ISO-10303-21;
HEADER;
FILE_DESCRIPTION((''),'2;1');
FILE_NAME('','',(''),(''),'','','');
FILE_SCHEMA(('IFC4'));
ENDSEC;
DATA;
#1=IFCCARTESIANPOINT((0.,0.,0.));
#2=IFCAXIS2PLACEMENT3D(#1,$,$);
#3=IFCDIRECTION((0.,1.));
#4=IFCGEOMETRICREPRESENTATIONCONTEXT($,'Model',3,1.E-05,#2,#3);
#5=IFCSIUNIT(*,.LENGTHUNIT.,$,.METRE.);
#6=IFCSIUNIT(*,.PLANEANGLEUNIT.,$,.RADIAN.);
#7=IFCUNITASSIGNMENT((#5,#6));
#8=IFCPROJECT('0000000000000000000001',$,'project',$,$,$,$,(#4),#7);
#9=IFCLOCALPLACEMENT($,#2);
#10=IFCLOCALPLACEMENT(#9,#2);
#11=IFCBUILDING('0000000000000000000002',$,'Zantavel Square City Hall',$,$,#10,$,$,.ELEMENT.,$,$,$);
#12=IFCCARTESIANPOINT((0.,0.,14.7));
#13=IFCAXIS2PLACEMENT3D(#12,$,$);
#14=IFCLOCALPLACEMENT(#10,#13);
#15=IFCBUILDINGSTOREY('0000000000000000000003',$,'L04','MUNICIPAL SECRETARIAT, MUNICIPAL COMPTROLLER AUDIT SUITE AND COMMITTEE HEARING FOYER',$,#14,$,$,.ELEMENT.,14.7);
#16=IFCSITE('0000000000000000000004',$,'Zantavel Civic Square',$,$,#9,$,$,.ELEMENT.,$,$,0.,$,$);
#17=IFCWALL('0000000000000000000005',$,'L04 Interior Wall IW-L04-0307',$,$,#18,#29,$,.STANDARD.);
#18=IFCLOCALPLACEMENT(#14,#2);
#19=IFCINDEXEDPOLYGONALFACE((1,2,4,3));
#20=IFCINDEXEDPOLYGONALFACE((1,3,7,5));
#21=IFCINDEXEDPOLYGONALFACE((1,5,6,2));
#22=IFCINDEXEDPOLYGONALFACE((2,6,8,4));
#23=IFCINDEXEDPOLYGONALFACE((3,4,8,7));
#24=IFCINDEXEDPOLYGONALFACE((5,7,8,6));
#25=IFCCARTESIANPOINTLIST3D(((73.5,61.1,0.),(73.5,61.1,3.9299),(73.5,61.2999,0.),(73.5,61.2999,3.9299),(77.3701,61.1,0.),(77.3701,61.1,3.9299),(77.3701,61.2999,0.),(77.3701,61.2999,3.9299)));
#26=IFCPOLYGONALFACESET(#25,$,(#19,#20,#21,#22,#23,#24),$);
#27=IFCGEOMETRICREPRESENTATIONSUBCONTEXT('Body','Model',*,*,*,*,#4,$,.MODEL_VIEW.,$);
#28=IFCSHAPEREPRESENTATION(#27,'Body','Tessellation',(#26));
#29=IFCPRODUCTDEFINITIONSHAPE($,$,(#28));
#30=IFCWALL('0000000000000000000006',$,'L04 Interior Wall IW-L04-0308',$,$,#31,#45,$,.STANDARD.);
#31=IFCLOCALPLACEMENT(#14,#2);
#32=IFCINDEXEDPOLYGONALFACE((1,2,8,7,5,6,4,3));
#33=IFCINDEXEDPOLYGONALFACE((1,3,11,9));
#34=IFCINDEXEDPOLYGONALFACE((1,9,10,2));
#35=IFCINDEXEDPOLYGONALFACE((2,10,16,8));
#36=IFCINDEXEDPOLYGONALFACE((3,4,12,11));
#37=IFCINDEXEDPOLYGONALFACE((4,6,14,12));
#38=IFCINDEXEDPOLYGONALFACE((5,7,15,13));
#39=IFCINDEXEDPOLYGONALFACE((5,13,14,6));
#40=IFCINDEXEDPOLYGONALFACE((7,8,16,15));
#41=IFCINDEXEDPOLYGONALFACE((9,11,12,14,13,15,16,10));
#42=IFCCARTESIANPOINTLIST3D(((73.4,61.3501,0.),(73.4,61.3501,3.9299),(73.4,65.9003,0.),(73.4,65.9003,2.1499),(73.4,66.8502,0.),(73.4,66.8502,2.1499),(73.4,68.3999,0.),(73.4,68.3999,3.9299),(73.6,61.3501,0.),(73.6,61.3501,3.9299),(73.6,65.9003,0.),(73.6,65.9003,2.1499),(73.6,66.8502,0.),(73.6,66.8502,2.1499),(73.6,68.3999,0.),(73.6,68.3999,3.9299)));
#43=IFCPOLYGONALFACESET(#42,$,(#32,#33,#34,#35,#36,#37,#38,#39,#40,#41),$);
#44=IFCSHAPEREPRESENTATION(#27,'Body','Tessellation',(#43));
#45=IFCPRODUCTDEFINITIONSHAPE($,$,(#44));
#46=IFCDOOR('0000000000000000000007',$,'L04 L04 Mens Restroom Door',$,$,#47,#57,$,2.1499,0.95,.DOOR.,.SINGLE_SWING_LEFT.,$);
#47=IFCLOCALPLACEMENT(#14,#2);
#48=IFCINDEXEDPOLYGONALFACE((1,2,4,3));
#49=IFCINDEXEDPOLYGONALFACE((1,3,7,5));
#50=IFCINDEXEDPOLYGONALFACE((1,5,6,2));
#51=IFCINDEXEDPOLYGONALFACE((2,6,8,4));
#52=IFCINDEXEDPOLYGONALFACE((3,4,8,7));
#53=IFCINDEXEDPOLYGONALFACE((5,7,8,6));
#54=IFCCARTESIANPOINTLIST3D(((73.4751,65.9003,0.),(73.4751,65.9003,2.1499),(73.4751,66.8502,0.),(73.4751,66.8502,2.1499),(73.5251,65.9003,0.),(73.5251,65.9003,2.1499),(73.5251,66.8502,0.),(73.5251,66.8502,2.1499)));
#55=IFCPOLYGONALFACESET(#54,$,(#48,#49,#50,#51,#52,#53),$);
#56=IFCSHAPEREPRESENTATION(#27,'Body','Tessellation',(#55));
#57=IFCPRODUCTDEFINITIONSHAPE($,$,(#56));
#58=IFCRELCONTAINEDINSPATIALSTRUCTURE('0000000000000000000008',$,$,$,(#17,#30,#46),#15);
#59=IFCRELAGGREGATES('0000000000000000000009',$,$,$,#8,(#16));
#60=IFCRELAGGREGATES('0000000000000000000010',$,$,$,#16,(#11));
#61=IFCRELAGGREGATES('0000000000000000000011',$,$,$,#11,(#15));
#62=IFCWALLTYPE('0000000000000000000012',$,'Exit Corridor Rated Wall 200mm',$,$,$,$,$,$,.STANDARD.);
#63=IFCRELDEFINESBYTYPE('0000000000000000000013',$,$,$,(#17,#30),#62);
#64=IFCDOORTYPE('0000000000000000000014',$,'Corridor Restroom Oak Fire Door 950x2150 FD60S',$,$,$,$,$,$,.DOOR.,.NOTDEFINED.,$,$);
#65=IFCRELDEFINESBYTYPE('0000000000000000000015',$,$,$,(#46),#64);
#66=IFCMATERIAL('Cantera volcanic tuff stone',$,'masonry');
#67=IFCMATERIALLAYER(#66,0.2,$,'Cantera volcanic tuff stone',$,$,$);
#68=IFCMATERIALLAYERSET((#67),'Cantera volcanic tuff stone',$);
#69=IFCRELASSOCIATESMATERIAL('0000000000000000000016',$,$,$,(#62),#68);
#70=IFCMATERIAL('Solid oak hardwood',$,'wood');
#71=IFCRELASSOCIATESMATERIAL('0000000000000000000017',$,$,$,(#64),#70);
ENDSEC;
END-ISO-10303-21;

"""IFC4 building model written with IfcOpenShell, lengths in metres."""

from ifc_helpers import new_model, si_unit, direction, frame, frame_2d, origin, place, context, subcontext, project, spatial, rectangle, extrude, material, layer, layer_set, type_object, element, fill, save


model = new_model("IFC4")

# Units and contexts
model_context = context("Model", 3, precision=1e-05, world=origin(), true_north=direction((0.0, 1.0)))
body_context = subcontext(model_context, "Body", "Model", "MODEL_VIEW")
ifc_project = project(units=[si_unit("LENGTHUNIT", "METRE"), si_unit("PLANEANGLEUNIT", "RADIAN")], contexts=[model_context])

# Site, building, storey
site_placement = place(None, origin())
site = spatial("IfcSite", under=ifc_project, at=site_placement, Name="Zantavel Civic Square", CompositionType="ELEMENT", RefElevation=0.0)
building_placement = place(site_placement, origin())
building = spatial("IfcBuilding", under=site, at=building_placement, Name="Zantavel Square City Hall", CompositionType="ELEMENT")
storey_placement = place(building_placement, frame((0.0, 0.0, 14.7)))
storey = spatial("IfcBuildingStorey", under=building, at=storey_placement, Name="L04", Description="MUNICIPAL SECRETARIAT, MUNICIPAL COMPTROLLER AUDIT SUITE AND COMMITTEE HEARING FOYER", CompositionType="ELEMENT", Elevation=14.7)

# Wall
ifc_material_1 = material(Name="Cantera volcanic tuff stone", Category="masonry")
ifc_layer = layer(ifc_material_1, 0.2, Name="Cantera volcanic tuff stone")
ifc_layer_set = layer_set([ifc_layer], Name="Cantera volcanic tuff stone")
wall_type = type_object("IfcWallType", Name="Exit Corridor Rated Wall 200mm", PredefinedType="STANDARD", material=ifc_layer_set)
wall_1_placement = place(storey_placement, frame((77.3701, 61.2, 0.0), z_axis=(0.0, 0.0, 1.0), x_axis=(-1.0, 0.0, 0.0)))
element("IfcWall", 1, at=wall_1_placement, inside=storey, type_object=wall_type, Name="L04 Interior Wall IW-L04-0307", PredefinedType="STANDARD", context=body_context, shape_type="SweptSolid", body=[
    extrude(rectangle(XDim=3.8701, YDim=0.2, at=frame_2d((1.9351, 0.0))), origin(), (0.0, 0.0, 1.0), 3.9299),
])

# Wall, opening, door
wall_2_placement = place(storey_placement, frame((73.5, 61.3501, 0.0), z_axis=(0.0, 0.0, 1.0), x_axis=(0.0, 1.0, 0.0)))
wall_2 = element("IfcWall", 2, at=wall_2_placement, inside=storey, type_object=wall_type, Name="L04 Interior Wall IW-L04-0308", PredefinedType="STANDARD", context=body_context, shape_type="SweptSolid", body=[
    extrude(rectangle(XDim=7.0498, YDim=0.2, at=frame_2d((3.5249, 0.0))), origin(), (0.0, 0.0, 1.0), 3.9299),
])
opening_1_placement = place(wall_2_placement, frame((4.55, 0.0, 0.0)))
opening_1 = element("IfcOpeningElement", 3, at=opening_1_placement, cuts=wall_2, PredefinedType="OPENING", context=body_context, shape_type="SweptSolid", body=[
    extrude(rectangle(XDim=0.95, YDim=2.1499, at=frame_2d((0.4751, 1.075))), frame((0.0, 0.1099, 0.0), z_axis=(0.0, -1.0, 0.0), x_axis=(1.0, 0.0, 0.0)), (0.0, 0.0, 1.0), 0.22),
])
ifc_material_2 = material(Name="Solid oak hardwood", Category="wood")
door_type = type_object("IfcDoorType", Name="Corridor Restroom Oak Fire Door 950x2150 FD60S", OperationType="NOTDEFINED", PredefinedType="DOOR", material=ifc_material_2)
door_1_placement = place(opening_1_placement, origin())
door_1 = element("IfcDoor", 4, at=door_1_placement, inside=storey, type_object=door_type, Name="L04 L04 Mens Restroom Door", OperationType="SINGLE_SWING_LEFT", OverallHeight=2.1499, OverallWidth=0.95, PredefinedType="DOOR", context=body_context, shape_type="SweptSolid", body=[
    extrude(rectangle(XDim=0.95, YDim=2.1499, at=frame_2d((0.4751, 1.075))), frame((0.0, 0.0249, 0.0), z_axis=(0.0, -1.0, 0.0), x_axis=(1.0, 0.0, 0.0)), (0.0, 0.0, 1.0), 0.05),
])
fill(opening_1, door_1)

save(model, "model.ifc")
